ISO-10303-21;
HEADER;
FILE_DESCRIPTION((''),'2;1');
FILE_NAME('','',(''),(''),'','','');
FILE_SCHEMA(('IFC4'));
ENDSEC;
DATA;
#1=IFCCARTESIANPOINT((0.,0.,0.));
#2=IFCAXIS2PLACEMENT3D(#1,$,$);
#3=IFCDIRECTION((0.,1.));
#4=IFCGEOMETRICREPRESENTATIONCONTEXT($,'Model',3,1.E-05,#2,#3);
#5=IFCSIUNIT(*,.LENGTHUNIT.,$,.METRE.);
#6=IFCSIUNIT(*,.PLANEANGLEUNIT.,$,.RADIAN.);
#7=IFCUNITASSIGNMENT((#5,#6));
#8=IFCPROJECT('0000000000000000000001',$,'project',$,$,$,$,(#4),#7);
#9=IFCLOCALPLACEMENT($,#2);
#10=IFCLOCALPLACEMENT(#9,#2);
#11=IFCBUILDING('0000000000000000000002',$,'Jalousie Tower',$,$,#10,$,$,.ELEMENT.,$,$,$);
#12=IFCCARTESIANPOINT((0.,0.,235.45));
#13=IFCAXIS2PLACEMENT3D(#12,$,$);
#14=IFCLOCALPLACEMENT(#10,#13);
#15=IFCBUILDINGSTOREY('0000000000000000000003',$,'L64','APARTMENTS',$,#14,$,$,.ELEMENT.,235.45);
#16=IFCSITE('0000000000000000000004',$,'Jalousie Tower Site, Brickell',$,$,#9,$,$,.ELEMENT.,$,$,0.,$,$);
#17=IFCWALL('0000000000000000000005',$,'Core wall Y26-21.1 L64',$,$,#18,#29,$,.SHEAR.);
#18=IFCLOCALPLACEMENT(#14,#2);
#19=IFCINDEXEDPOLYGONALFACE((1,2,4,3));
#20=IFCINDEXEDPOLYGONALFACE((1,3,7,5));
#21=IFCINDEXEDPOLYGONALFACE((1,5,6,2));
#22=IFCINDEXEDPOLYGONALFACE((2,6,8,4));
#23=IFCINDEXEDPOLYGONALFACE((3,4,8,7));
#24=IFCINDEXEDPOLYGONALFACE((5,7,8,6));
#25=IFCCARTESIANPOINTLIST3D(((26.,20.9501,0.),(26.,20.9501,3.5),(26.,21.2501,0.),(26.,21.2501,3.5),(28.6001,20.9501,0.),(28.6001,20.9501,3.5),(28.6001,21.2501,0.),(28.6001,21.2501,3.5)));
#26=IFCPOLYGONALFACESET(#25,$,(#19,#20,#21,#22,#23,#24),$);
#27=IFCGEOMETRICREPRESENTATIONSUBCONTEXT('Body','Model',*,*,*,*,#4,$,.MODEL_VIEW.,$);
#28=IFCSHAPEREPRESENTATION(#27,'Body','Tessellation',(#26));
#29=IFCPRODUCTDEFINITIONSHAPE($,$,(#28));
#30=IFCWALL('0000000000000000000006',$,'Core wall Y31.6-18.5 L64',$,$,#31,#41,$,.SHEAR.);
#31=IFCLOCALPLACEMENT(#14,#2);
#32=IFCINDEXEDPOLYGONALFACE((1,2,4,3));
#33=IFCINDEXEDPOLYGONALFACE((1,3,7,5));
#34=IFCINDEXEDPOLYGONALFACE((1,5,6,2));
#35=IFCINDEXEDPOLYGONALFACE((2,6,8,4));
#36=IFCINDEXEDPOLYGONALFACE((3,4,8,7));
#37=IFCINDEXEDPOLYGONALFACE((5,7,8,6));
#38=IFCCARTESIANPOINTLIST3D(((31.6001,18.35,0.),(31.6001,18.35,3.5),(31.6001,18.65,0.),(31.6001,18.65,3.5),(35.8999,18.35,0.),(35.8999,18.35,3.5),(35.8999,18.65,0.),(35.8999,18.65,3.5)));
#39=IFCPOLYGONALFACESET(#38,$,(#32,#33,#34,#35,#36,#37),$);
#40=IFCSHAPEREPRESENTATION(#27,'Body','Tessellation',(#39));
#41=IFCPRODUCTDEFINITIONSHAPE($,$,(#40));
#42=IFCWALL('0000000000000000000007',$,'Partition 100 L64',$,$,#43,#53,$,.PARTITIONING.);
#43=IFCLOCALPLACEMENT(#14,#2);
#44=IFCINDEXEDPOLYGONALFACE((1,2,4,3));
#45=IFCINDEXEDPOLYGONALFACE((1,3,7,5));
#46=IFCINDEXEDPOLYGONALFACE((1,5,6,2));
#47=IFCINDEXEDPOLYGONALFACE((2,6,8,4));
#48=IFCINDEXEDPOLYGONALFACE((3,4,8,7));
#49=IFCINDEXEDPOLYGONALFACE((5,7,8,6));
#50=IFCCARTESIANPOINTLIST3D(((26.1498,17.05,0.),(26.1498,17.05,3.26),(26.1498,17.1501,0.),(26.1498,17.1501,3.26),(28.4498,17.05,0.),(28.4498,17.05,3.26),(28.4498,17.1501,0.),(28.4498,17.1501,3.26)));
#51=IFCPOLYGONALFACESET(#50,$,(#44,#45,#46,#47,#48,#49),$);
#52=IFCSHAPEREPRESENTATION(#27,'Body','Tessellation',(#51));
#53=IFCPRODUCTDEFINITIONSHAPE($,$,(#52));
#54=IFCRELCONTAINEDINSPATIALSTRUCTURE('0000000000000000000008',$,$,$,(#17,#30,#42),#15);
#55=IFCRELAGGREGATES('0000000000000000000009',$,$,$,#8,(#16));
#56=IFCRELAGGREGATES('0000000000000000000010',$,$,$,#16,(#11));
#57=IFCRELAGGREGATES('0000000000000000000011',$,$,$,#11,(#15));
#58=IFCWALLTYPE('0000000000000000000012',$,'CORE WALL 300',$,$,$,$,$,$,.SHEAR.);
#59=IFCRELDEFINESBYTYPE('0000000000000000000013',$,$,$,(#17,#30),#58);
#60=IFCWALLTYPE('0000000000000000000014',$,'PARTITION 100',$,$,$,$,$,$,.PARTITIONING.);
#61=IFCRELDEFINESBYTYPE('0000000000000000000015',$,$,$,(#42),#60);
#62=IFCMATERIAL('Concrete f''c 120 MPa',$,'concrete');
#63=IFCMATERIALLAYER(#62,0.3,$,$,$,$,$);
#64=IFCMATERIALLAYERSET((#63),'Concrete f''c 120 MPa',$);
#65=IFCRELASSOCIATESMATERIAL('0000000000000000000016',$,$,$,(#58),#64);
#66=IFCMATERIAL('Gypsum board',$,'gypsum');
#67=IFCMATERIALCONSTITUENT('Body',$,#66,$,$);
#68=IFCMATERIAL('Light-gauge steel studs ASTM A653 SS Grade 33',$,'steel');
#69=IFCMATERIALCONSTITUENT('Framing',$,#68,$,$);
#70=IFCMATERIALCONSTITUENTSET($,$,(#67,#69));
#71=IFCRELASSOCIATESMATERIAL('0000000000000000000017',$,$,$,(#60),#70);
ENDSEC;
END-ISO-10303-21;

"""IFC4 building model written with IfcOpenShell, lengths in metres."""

from ifc_helpers import new_model, si_unit, direction, frame, frame_2d, origin, place, context, subcontext, project, spatial, rectangle, extrude, material, layer, layer_set, constituent, constituent_set, type_object, element, save


model = new_model("IFC4")

# Units and contexts
model_context = context("Model", 3, precision=1e-05, world=origin(), true_north=direction((0.0, 1.0)))
body_context = subcontext(model_context, "Body", "Model", "MODEL_VIEW")
ifc_project = project(units=[si_unit("LENGTHUNIT", "METRE"), si_unit("PLANEANGLEUNIT", "RADIAN")], contexts=[model_context])

# Site, building, storey
site_placement = place(None, origin())
site = spatial("IfcSite", under=ifc_project, at=site_placement, Name="Jalousie Tower Site, Brickell", CompositionType="ELEMENT", RefElevation=0.0)
building_placement = place(site_placement, origin())
building = spatial("IfcBuilding", under=site, at=building_placement, Name="Jalousie Tower", CompositionType="ELEMENT")
storey_placement = place(building_placement, frame((0.0, 0.0, 235.45)))
storey = spatial("IfcBuildingStorey", under=building, at=storey_placement, Name="L64", Description="APARTMENTS", CompositionType="ELEMENT", Elevation=235.45)

# Shared definitions
ifc_material_1 = material(Name="Concrete f'c 120 MPa", Category="concrete")
ifc_layer = layer(ifc_material_1, 0.3)
ifc_layer_set = layer_set([ifc_layer], Name="Concrete f'c 120 MPa")
wall_type_1 = type_object("IfcWallType", Name="CORE WALL 300", PredefinedType="SHEAR", material=ifc_layer_set)

# Walls
for number, where, z_axis, x_axis, name in (
    (1, (26.0, 21.1001, 0.0), (0.0, 0.0, 1.0), (1.0, 0.0, 0.0), "Core wall Y26-21.1 L64"),
):
    element("IfcWall", number, at=place(storey_placement, frame(where, z_axis=z_axis, x_axis=x_axis)), inside=storey, type_object=wall_type_1, Name=name, PredefinedType="SHEAR", context=body_context, shape_type="SweptSolid", body=[
        extrude(rectangle(XDim=2.6001, YDim=0.3, at=frame_2d((1.3, 0.0))), origin(), (0.0, 0.0, 1.0), 3.5),
    ])
wall_1_placement = place(storey_placement, frame((31.6001, 18.5, 0.0), z_axis=(0.0, 0.0, 1.0), x_axis=(1.0, 0.0, 0.0)))
element("IfcWall", 2, at=wall_1_placement, inside=storey, type_object=wall_type_1, Name="Core wall Y31.6-18.5 L64", PredefinedType="SHEAR", context=body_context, shape_type="SweptSolid", body=[
    extrude(rectangle(XDim=4.2998, YDim=0.3, at=frame_2d((2.1499, 0.0))), origin(), (0.0, 0.0, 1.0), 3.5),
])
ifc_material_2 = material(Name="Gypsum board", Category="gypsum")
ifc_constituent_1 = constituent(ifc_material_2, Name="Body")
ifc_material_3 = material(Name="Light-gauge steel studs ASTM A653 SS Grade 33", Category="steel")
ifc_constituent_2 = constituent(ifc_material_3, Name="Framing")
ifc_constituent_set = constituent_set(constituents=[ifc_constituent_1, ifc_constituent_2])
wall_type_2 = type_object("IfcWallType", Name="PARTITION 100", PredefinedType="PARTITIONING", material=ifc_constituent_set)
wall_2_placement = place(storey_placement, frame((26.1499, 17.1001, 0.0), z_axis=(0.0, 0.0, 1.0), x_axis=(1.0, 0.0, 0.0)))
element("IfcWall", 3, at=wall_2_placement, inside=storey, type_object=wall_type_2, Name="Partition 100 L64", PredefinedType="PARTITIONING", context=body_context, shape_type="SweptSolid", body=[
    extrude(rectangle(XDim=2.3, YDim=0.1001, at=frame_2d((1.1499, 0.0))), origin(), (0.0, 0.0, 1.0), 3.26),
])

save(model, "model.ifc")
